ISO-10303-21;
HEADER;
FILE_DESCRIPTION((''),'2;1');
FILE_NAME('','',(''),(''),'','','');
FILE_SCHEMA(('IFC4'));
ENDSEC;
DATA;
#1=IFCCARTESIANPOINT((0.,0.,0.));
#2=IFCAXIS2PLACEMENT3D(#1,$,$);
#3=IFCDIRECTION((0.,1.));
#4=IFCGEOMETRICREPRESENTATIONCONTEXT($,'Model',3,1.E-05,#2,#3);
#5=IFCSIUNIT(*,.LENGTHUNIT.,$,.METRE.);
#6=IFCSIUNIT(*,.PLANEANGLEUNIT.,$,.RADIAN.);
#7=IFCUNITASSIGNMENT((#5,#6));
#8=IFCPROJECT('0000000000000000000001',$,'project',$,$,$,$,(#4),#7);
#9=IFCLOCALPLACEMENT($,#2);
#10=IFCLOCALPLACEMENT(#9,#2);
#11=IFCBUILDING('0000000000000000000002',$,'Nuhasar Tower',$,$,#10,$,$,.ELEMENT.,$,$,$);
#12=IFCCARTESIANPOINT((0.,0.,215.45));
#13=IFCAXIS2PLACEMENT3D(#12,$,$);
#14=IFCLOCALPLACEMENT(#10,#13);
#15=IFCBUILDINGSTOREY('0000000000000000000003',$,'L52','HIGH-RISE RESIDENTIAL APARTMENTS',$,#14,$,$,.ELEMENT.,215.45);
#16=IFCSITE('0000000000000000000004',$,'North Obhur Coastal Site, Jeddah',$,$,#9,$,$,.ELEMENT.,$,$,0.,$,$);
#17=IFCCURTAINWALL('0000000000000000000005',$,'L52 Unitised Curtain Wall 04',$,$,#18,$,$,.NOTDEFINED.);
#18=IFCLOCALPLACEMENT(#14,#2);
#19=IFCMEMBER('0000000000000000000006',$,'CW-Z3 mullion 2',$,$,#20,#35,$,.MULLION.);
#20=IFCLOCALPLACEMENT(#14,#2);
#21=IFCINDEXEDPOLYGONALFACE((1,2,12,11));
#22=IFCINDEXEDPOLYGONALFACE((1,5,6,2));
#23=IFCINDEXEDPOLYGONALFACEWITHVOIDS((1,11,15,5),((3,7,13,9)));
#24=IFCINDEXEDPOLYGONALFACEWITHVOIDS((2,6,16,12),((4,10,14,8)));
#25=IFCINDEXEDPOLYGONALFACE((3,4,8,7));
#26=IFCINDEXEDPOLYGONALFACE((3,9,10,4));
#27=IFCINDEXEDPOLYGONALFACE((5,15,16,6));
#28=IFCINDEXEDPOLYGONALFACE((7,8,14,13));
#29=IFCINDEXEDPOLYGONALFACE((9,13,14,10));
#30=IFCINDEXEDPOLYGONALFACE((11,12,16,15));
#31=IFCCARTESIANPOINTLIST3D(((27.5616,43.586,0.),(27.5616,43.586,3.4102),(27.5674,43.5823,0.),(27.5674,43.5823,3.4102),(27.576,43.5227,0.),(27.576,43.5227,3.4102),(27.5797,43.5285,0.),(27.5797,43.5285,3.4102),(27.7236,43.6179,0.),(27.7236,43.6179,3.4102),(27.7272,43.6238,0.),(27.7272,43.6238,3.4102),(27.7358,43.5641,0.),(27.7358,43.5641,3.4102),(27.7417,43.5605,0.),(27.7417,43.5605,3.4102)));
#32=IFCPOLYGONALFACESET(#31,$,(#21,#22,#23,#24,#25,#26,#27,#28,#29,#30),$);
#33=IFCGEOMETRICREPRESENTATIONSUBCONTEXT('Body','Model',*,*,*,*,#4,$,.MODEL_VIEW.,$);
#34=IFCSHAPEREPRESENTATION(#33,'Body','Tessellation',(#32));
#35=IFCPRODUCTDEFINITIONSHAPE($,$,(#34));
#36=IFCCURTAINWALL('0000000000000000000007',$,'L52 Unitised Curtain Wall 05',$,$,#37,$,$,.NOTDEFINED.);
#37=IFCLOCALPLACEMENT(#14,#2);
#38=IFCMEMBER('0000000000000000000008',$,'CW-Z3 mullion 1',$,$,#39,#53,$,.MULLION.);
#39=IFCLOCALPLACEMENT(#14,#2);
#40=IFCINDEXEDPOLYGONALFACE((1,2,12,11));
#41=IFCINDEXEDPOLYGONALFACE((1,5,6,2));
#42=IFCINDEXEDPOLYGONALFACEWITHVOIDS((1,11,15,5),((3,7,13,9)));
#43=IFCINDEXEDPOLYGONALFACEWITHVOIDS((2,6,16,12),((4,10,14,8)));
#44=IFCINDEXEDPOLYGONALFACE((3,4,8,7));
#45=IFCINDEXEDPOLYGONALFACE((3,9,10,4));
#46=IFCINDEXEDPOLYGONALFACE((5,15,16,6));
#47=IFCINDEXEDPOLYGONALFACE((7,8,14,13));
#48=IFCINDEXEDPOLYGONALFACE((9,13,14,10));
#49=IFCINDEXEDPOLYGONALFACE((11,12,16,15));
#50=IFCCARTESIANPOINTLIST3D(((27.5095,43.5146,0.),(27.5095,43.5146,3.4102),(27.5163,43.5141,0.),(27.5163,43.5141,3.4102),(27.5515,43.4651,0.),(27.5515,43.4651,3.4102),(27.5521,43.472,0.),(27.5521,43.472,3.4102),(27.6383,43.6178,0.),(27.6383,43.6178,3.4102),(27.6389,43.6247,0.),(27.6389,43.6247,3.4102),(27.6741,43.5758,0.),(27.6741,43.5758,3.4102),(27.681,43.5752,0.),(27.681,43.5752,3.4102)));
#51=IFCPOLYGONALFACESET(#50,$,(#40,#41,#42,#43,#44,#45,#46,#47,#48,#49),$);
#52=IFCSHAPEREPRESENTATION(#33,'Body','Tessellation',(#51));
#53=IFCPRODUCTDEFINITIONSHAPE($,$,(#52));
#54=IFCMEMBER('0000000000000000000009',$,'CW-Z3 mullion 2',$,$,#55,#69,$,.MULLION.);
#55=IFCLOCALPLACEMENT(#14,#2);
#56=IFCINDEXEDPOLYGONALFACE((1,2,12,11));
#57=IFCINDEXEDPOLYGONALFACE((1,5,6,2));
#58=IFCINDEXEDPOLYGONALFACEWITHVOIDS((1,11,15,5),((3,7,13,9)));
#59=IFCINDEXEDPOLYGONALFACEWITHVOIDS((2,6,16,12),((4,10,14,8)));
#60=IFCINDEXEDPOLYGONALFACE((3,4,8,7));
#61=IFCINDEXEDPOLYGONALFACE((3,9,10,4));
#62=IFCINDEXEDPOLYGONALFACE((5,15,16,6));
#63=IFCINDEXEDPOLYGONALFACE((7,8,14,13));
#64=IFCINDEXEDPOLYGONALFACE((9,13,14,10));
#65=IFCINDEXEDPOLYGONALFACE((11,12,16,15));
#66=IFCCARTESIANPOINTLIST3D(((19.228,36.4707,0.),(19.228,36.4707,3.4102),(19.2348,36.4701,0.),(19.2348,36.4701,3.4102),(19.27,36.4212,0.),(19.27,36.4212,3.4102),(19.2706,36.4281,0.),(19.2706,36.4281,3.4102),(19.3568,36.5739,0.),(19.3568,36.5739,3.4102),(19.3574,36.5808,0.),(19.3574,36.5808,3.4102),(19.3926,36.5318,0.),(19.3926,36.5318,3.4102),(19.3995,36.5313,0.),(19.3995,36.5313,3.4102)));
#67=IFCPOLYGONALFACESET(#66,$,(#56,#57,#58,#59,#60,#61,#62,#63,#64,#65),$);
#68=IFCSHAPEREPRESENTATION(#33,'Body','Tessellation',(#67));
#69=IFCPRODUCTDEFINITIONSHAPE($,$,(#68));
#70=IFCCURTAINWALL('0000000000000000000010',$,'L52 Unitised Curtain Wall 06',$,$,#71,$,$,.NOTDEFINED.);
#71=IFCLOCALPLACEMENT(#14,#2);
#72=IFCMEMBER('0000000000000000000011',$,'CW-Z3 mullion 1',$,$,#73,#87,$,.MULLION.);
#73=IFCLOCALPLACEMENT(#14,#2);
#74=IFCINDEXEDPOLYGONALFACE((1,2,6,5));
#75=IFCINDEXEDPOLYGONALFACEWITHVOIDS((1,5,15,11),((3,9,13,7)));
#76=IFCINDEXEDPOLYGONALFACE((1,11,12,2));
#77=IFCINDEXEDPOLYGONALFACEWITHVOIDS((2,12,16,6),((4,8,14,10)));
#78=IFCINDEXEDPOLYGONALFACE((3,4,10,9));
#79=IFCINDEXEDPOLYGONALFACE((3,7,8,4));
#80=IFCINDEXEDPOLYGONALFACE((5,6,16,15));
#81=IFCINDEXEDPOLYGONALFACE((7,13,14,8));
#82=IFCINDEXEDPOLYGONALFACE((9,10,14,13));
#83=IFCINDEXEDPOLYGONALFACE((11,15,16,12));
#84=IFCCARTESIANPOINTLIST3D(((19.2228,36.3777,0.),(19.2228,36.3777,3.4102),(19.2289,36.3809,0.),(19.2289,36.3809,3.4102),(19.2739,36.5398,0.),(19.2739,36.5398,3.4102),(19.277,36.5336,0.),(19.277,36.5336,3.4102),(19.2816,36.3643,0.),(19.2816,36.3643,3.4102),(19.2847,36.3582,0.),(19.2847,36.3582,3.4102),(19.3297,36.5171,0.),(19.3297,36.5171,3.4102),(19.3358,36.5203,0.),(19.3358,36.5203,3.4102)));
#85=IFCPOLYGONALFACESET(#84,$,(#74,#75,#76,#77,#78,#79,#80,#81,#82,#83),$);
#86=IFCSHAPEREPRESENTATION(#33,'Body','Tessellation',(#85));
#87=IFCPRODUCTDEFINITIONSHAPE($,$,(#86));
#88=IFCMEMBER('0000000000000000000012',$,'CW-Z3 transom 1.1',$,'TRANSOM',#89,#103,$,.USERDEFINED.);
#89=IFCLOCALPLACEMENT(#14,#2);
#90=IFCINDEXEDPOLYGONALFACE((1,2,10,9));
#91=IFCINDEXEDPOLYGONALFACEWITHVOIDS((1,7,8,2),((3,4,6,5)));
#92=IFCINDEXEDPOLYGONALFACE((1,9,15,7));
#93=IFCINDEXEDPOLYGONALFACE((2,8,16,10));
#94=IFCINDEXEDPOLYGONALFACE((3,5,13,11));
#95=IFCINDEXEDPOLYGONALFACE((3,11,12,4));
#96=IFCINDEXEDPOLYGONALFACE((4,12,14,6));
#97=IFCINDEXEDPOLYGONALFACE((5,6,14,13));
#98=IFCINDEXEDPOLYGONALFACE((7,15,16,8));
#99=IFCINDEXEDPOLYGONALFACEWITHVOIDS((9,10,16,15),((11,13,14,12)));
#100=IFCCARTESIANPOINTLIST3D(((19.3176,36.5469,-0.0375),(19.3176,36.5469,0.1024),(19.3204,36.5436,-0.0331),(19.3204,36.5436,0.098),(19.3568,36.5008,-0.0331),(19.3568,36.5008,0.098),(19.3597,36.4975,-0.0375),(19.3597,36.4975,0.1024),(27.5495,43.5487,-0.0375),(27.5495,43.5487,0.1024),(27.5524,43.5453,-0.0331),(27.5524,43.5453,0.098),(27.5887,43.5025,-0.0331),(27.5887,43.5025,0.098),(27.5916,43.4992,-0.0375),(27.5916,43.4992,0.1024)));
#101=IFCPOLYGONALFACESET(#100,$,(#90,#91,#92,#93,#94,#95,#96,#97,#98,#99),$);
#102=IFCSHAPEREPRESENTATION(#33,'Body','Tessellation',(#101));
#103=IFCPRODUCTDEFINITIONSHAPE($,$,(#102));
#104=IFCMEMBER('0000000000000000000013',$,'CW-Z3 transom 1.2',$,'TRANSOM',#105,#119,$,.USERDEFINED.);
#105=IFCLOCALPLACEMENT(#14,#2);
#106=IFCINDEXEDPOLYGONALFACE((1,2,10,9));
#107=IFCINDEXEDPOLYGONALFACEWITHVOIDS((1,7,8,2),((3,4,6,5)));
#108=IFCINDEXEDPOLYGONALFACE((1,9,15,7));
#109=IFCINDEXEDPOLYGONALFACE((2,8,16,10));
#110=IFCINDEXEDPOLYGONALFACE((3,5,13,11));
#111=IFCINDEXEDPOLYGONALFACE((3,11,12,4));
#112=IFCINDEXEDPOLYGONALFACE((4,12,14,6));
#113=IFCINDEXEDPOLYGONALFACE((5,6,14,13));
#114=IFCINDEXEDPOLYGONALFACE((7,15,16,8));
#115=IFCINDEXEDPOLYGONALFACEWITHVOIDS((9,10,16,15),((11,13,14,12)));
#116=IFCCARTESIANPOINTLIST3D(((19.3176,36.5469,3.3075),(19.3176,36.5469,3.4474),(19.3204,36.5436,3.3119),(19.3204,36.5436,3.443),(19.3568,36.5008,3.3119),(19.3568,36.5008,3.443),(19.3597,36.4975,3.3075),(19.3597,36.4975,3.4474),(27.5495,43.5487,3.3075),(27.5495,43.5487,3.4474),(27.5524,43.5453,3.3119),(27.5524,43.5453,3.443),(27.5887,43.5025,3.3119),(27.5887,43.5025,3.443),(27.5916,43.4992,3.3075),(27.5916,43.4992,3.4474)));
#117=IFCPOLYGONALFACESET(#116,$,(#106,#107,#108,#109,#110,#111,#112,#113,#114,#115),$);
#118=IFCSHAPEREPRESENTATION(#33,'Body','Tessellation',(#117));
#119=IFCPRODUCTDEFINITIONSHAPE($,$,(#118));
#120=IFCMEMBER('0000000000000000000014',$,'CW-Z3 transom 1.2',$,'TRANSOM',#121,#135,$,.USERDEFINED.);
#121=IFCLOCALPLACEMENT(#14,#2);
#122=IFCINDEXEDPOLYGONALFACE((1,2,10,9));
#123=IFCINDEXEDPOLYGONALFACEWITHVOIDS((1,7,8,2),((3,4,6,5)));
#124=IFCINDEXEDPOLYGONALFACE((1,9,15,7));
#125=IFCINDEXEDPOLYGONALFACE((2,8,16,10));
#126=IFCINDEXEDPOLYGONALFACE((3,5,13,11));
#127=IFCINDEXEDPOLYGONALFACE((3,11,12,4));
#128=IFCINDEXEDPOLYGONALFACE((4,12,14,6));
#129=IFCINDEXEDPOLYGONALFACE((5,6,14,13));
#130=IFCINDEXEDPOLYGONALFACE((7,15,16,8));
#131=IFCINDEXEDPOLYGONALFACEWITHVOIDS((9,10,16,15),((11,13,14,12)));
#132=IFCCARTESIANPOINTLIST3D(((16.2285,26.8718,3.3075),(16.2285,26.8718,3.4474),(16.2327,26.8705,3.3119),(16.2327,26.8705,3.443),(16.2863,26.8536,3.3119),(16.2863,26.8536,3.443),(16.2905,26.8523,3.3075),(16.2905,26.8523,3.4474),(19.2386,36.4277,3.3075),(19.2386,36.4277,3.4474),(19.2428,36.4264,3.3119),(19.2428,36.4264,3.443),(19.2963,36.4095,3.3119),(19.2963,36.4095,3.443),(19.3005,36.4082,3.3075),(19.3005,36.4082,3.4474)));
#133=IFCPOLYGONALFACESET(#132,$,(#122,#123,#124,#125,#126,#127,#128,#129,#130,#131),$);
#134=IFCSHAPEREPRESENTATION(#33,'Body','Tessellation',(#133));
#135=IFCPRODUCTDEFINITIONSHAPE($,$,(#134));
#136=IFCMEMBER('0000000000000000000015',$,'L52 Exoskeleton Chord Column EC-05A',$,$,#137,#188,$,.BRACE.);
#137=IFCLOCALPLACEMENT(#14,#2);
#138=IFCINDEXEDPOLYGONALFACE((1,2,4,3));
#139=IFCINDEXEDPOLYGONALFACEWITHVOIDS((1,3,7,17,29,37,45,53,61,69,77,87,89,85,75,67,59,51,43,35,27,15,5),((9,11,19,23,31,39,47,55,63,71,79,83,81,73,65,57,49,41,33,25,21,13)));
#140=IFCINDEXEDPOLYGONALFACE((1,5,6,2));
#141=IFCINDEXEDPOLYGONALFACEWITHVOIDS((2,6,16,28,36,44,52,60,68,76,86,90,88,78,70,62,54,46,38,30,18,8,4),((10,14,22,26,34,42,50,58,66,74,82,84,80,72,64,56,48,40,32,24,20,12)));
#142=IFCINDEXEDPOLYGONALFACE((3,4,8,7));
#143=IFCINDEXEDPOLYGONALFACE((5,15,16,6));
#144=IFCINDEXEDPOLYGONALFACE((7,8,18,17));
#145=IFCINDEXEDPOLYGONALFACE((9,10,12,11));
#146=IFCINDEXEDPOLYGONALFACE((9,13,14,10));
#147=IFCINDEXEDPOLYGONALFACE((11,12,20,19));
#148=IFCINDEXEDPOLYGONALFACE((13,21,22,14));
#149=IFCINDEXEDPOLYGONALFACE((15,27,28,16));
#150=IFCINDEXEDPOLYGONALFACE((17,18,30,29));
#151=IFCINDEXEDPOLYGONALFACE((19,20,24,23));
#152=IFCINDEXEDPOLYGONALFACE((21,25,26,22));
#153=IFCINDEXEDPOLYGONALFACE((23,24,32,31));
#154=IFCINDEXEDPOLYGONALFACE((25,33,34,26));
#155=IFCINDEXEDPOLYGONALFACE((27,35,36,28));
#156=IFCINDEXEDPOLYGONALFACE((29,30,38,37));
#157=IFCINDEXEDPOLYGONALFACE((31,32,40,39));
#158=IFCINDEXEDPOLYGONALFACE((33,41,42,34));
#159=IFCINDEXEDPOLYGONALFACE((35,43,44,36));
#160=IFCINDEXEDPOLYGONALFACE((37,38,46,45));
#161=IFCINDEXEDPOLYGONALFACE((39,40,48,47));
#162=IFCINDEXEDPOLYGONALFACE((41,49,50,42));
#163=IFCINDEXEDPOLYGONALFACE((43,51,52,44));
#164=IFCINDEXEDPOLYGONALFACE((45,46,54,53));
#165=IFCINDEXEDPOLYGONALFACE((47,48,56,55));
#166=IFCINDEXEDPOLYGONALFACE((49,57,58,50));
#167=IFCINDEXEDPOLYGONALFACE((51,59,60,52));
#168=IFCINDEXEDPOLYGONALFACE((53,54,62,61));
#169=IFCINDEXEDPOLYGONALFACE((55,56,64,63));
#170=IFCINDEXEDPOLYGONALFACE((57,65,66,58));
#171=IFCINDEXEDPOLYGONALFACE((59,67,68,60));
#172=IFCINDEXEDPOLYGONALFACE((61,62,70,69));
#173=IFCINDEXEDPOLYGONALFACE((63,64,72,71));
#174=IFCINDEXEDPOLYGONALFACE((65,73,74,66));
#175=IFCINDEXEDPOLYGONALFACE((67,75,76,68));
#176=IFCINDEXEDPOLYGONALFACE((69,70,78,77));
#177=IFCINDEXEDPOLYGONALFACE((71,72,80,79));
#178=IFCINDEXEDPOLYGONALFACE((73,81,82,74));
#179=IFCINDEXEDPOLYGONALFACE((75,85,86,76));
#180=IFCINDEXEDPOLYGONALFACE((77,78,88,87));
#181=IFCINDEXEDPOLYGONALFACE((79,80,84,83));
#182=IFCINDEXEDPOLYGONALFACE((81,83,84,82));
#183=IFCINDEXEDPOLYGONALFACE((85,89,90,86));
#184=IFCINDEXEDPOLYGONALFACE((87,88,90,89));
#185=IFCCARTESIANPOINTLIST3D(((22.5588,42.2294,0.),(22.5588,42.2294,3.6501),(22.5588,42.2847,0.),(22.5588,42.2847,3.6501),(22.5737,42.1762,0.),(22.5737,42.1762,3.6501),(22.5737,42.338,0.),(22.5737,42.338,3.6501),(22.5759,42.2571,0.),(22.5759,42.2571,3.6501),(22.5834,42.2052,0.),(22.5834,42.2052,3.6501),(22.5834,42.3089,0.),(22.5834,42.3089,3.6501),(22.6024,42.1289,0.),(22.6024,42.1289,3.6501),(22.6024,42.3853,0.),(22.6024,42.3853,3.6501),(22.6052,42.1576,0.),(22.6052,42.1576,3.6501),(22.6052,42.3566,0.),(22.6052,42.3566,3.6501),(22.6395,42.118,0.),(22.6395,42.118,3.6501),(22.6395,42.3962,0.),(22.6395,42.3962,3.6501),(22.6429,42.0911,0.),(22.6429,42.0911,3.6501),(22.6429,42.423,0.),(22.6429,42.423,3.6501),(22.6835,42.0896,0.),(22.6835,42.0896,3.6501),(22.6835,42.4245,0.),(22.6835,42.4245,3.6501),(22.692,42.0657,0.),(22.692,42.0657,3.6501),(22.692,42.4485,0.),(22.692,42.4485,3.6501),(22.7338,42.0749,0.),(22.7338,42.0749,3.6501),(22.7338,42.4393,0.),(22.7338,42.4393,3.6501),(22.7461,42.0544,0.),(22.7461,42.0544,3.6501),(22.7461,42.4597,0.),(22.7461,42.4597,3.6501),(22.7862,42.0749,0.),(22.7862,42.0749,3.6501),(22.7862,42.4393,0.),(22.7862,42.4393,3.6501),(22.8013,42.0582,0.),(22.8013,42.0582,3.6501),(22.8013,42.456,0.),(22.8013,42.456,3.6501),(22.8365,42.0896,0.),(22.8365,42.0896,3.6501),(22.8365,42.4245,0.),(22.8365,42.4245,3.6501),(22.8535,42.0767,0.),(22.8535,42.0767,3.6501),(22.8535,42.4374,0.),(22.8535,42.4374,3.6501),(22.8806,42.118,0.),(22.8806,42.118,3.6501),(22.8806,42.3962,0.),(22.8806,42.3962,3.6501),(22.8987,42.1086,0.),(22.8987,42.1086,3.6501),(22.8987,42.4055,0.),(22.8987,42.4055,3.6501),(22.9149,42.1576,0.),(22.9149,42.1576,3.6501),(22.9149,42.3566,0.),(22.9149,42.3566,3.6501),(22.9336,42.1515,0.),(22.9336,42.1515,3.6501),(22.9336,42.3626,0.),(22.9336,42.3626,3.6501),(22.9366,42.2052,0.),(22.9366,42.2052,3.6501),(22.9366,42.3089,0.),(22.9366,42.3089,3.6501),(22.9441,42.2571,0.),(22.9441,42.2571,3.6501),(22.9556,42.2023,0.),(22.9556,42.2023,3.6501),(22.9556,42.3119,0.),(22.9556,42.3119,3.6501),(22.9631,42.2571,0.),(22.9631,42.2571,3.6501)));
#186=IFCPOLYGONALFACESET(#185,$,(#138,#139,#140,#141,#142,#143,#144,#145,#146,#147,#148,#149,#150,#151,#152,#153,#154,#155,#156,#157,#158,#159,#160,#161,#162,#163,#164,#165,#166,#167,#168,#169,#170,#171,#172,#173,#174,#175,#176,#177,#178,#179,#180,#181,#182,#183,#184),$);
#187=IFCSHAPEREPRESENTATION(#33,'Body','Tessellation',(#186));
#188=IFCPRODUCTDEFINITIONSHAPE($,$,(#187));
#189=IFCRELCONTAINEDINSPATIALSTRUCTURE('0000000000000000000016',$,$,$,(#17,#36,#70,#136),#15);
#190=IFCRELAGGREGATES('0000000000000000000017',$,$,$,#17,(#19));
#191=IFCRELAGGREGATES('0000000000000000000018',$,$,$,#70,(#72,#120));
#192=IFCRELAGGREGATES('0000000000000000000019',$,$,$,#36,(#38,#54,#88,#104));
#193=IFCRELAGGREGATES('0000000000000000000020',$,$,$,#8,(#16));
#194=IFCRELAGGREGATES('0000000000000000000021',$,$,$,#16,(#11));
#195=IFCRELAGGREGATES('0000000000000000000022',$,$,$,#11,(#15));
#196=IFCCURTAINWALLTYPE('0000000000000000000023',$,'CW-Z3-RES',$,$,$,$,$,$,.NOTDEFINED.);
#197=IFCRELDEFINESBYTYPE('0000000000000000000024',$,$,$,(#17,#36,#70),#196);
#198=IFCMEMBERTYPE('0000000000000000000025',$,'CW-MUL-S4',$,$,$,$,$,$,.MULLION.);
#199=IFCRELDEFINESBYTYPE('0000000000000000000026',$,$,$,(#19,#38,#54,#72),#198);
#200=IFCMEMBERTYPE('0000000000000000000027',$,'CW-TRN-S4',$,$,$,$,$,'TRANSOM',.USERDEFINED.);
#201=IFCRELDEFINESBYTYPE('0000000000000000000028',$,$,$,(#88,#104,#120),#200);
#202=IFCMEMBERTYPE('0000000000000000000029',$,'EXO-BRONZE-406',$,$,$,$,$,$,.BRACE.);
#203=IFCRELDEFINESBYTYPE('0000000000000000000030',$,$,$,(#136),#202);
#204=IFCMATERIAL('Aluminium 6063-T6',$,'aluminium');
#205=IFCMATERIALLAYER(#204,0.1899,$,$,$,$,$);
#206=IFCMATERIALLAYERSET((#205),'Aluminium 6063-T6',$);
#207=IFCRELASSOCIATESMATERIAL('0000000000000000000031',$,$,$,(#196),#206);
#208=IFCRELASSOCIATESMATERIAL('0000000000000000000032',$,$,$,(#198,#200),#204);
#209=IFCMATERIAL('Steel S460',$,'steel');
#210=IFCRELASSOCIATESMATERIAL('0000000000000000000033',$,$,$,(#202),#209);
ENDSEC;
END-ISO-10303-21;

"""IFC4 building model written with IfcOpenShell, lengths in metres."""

from ifc_helpers import new_model, si_unit, direction, frame, origin, origin_2d, place, context, subcontext, project, spatial, hollow_rectangle, hollow_circle, extrude, material, layer, layer_set, material_profile, profile_set, type_object, element, aggregate, save


model = new_model("IFC4")

# Units and contexts
model_context = context("Model", 3, precision=1e-05, world=origin(), true_north=direction((0.0, 1.0)))
body_context = subcontext(model_context, "Body", "Model", "MODEL_VIEW")
ifc_project = project(units=[si_unit("LENGTHUNIT", "METRE"), si_unit("PLANEANGLEUNIT", "RADIAN")], contexts=[model_context])

# Site, building, storey
site_placement = place(None, origin())
site = spatial("IfcSite", under=ifc_project, at=site_placement, Name="North Obhur Coastal Site, Jeddah", CompositionType="ELEMENT", RefElevation=0.0)
building_placement = place(site_placement, origin())
building = spatial("IfcBuilding", under=site, at=building_placement, Name="Nuhasar Tower", CompositionType="ELEMENT")
storey_placement = place(building_placement, frame((0.0, 0.0, 215.45)))
storey = spatial("IfcBuildingStorey", under=building, at=storey_placement, Name="L52", Description="HIGH-RISE RESIDENTIAL APARTMENTS", CompositionType="ELEMENT", Elevation=215.45)

# Curtain wall, member
ifc_material_1 = material(Name="Aluminium 6063-T6", Category="aluminium")
ifc_layer_1 = layer(ifc_material_1, 0.1899)
ifc_layer_set_1 = layer_set([ifc_layer_1], Name="Aluminium 6063-T6")
curtain_wall_type = type_object("IfcCurtainWallType", Name="CW-Z3-RES", PredefinedType="NOTDEFINED", material=ifc_layer_set_1)
curtain_wall_1_placement = place(storey_placement, origin())
curtain_wall_1 = element("IfcCurtainWall", 1, at=curtain_wall_1_placement, inside=storey, type_object=curtain_wall_type, Name="L52 Unitised Curtain Wall 04", PredefinedType="NOTDEFINED")
ifc_material_profile_1 = material_profile(ifc_material_1, hollow_rectangle(XDim=0.0649, YDim=0.1699, WallThickness=0.0049, at=origin_2d()), Name="CWM-4")
ifc_profile_set_1 = profile_set([ifc_material_profile_1], Name="Aluminium 6063-T6")
member_type_1 = type_object("IfcMemberType", Name="CW-MUL-S4", PredefinedType="MULLION", material=ifc_profile_set_1)
member_1_placement = place(storey_placement, frame((27.6516, 43.5732, 0.0), z_axis=(0.0, 0.0, 1.0), x_axis=(0.222243, -0.974991, 0.0)))
member_1 = element("IfcMember", 2, at=member_1_placement, type_object=member_type_1, Name="CW-Z3 mullion 2", PredefinedType="MULLION", context=body_context, shape_type="SweptSolid", body=[
    extrude(hollow_rectangle(XDim=0.0649, YDim=0.1699, WallThickness=0.0049, at=origin_2d()), origin(), (0.0, 0.0, 1.0), 3.4102),
])
aggregate(curtain_wall_1, [member_1])

# Curtain wall, members
curtain_wall_2_placement = place(storey_placement, origin())
curtain_wall_2 = element("IfcCurtainWall", 3, at=curtain_wall_2_placement, inside=storey, type_object=curtain_wall_type, Name="L52 Unitised Curtain Wall 05", PredefinedType="NOTDEFINED")
member_2_placement = place(storey_placement, frame((27.5952, 43.5449, 0.0), z_axis=(0.0, 0.0, 1.0), x_axis=(0.647895, -0.761729, 0.0)))
member_2 = element("IfcMember", 4, at=member_2_placement, type_object=member_type_1, Name="CW-Z3 mullion 1", PredefinedType="MULLION", context=body_context, shape_type="SweptSolid", body=[
    extrude(hollow_rectangle(XDim=0.0649, YDim=0.1699, WallThickness=0.0049, at=origin_2d()), origin(), (0.0, 0.0, 1.0), 3.4102),
])
member_3_placement = place(storey_placement, frame((19.3137, 36.501, 0.0), z_axis=(0.0, 0.0, 1.0), x_axis=(0.647895, -0.761729, 0.0)))
member_3 = element("IfcMember", 5, at=member_3_placement, type_object=member_type_1, Name="CW-Z3 mullion 2", PredefinedType="MULLION", context=body_context, shape_type="SweptSolid", body=[
    extrude(hollow_rectangle(XDim=0.0649, YDim=0.1699, WallThickness=0.0049, at=origin_2d()), origin(), (0.0, 0.0, 1.0), 3.4102),
])

# Curtain wall, member
curtain_wall_3_placement = place(storey_placement, origin())
curtain_wall_3 = element("IfcCurtainWall", 6, at=curtain_wall_3_placement, inside=storey, type_object=curtain_wall_type, Name="L52 Unitised Curtain Wall 06", PredefinedType="NOTDEFINED")
member_4_placement = place(storey_placement, frame((19.2793, 36.449, 0.0), z_axis=(0.0, 0.0, 1.0), x_axis=(0.953804, -0.300429, 0.0)))
member_4 = element("IfcMember", 7, at=member_4_placement, type_object=member_type_1, Name="CW-Z3 mullion 1", PredefinedType="MULLION", context=body_context, shape_type="SweptSolid", body=[
    extrude(hollow_rectangle(XDim=0.0649, YDim=0.1699, WallThickness=0.0049, at=origin_2d()), origin(), (0.0, 0.0, 1.0), 3.4102),
])

# Members
ifc_material_profile_2 = material_profile(ifc_material_1, hollow_rectangle(XDim=0.0649, YDim=0.1399, WallThickness=0.0044, at=origin_2d()), Name="CWT-4")
ifc_profile_set_2 = profile_set([ifc_material_profile_2], Name="Aluminium 6063-T6")
member_type_2 = type_object("IfcMemberType", Name="CW-TRN-S4", ElementType="TRANSOM", PredefinedType="USERDEFINED", material=ifc_profile_set_2)
member_5_placement = place(storey_placement, frame((27.5706, 43.5239, 0.0325), z_axis=(-0.761731, -0.647894, 0.0), x_axis=(0.647894, -0.761731, 0.0)))
member_5 = element("IfcMember", 8, at=member_5_placement, type_object=member_type_2, Name="CW-Z3 transom 1.1", ObjectType="TRANSOM", PredefinedType="USERDEFINED", context=body_context, shape_type="SweptSolid", body=[
    extrude(hollow_rectangle(XDim=0.0649, YDim=0.1399, WallThickness=0.0044, at=origin_2d()), origin(), (0.0, 0.0, 1.0), 10.8069),
])
member_6_placement = place(storey_placement, frame((27.5706, 43.5239, 3.3774), z_axis=(-0.761731, -0.647894, 0.0), x_axis=(0.647894, -0.761731, 0.0)))
member_6 = element("IfcMember", 9, at=member_6_placement, type_object=member_type_2, Name="CW-Z3 transom 1.2", ObjectType="TRANSOM", PredefinedType="USERDEFINED", context=body_context, shape_type="SweptSolid", body=[
    extrude(hollow_rectangle(XDim=0.0649, YDim=0.1399, WallThickness=0.0044, at=origin_2d()), origin(), (0.0, 0.0, 1.0), 10.8069),
])
member_7_placement = place(storey_placement, frame((19.2695, 36.418, 3.3774), z_axis=(-0.300437, -0.953802, 0.0), x_axis=(0.953802, -0.300437, 0.0)))
member_7 = element("IfcMember", 10, at=member_7_placement, type_object=member_type_2, Name="CW-Z3 transom 1.2", ObjectType="TRANSOM", PredefinedType="USERDEFINED", context=body_context, shape_type="SweptSolid", body=[
    extrude(hollow_rectangle(XDim=0.0649, YDim=0.1399, WallThickness=0.0044, at=origin_2d()), origin(), (0.0, 0.0, 1.0), 10.0188),
])
aggregate(curtain_wall_3, [member_4, member_7])

# Member
ifc_material_2 = material(Name="Steel S460", Category="steel")
ifc_material_profile_3 = material_profile(ifc_material_2, hollow_circle(Radius=0.2031, WallThickness=0.019, at=origin_2d()), Name="HSS406.4X19.1")
ifc_profile_set_3 = profile_set([ifc_material_profile_3], Name="Steel S460")
member_type_3 = type_object("IfcMemberType", Name="EXO-BRONZE-406", PredefinedType="BRACE", material=ifc_profile_set_3)
for number, where, z_axis, x_axis, name in (
    (11, (22.76, 42.2571, 0.0), (0.0, 0.0, 1.0), (1.0, 0.0, 0.0), "L52 Exoskeleton Chord Column EC-05A"),
):
    element("IfcMember", number, at=place(storey_placement, frame(where, z_axis=z_axis, x_axis=x_axis)), inside=storey, type_object=member_type_3, Name=name, PredefinedType="BRACE", context=body_context, shape_type="SweptSolid", body=[
        extrude(hollow_circle(Radius=0.2031, WallThickness=0.019, at=origin_2d()), origin(), (0.0, 0.0, 1.0), 3.6501),
    ])

aggregate(curtain_wall_2, [member_2, member_3, member_5, member_6])

save(model, "model.ifc")
